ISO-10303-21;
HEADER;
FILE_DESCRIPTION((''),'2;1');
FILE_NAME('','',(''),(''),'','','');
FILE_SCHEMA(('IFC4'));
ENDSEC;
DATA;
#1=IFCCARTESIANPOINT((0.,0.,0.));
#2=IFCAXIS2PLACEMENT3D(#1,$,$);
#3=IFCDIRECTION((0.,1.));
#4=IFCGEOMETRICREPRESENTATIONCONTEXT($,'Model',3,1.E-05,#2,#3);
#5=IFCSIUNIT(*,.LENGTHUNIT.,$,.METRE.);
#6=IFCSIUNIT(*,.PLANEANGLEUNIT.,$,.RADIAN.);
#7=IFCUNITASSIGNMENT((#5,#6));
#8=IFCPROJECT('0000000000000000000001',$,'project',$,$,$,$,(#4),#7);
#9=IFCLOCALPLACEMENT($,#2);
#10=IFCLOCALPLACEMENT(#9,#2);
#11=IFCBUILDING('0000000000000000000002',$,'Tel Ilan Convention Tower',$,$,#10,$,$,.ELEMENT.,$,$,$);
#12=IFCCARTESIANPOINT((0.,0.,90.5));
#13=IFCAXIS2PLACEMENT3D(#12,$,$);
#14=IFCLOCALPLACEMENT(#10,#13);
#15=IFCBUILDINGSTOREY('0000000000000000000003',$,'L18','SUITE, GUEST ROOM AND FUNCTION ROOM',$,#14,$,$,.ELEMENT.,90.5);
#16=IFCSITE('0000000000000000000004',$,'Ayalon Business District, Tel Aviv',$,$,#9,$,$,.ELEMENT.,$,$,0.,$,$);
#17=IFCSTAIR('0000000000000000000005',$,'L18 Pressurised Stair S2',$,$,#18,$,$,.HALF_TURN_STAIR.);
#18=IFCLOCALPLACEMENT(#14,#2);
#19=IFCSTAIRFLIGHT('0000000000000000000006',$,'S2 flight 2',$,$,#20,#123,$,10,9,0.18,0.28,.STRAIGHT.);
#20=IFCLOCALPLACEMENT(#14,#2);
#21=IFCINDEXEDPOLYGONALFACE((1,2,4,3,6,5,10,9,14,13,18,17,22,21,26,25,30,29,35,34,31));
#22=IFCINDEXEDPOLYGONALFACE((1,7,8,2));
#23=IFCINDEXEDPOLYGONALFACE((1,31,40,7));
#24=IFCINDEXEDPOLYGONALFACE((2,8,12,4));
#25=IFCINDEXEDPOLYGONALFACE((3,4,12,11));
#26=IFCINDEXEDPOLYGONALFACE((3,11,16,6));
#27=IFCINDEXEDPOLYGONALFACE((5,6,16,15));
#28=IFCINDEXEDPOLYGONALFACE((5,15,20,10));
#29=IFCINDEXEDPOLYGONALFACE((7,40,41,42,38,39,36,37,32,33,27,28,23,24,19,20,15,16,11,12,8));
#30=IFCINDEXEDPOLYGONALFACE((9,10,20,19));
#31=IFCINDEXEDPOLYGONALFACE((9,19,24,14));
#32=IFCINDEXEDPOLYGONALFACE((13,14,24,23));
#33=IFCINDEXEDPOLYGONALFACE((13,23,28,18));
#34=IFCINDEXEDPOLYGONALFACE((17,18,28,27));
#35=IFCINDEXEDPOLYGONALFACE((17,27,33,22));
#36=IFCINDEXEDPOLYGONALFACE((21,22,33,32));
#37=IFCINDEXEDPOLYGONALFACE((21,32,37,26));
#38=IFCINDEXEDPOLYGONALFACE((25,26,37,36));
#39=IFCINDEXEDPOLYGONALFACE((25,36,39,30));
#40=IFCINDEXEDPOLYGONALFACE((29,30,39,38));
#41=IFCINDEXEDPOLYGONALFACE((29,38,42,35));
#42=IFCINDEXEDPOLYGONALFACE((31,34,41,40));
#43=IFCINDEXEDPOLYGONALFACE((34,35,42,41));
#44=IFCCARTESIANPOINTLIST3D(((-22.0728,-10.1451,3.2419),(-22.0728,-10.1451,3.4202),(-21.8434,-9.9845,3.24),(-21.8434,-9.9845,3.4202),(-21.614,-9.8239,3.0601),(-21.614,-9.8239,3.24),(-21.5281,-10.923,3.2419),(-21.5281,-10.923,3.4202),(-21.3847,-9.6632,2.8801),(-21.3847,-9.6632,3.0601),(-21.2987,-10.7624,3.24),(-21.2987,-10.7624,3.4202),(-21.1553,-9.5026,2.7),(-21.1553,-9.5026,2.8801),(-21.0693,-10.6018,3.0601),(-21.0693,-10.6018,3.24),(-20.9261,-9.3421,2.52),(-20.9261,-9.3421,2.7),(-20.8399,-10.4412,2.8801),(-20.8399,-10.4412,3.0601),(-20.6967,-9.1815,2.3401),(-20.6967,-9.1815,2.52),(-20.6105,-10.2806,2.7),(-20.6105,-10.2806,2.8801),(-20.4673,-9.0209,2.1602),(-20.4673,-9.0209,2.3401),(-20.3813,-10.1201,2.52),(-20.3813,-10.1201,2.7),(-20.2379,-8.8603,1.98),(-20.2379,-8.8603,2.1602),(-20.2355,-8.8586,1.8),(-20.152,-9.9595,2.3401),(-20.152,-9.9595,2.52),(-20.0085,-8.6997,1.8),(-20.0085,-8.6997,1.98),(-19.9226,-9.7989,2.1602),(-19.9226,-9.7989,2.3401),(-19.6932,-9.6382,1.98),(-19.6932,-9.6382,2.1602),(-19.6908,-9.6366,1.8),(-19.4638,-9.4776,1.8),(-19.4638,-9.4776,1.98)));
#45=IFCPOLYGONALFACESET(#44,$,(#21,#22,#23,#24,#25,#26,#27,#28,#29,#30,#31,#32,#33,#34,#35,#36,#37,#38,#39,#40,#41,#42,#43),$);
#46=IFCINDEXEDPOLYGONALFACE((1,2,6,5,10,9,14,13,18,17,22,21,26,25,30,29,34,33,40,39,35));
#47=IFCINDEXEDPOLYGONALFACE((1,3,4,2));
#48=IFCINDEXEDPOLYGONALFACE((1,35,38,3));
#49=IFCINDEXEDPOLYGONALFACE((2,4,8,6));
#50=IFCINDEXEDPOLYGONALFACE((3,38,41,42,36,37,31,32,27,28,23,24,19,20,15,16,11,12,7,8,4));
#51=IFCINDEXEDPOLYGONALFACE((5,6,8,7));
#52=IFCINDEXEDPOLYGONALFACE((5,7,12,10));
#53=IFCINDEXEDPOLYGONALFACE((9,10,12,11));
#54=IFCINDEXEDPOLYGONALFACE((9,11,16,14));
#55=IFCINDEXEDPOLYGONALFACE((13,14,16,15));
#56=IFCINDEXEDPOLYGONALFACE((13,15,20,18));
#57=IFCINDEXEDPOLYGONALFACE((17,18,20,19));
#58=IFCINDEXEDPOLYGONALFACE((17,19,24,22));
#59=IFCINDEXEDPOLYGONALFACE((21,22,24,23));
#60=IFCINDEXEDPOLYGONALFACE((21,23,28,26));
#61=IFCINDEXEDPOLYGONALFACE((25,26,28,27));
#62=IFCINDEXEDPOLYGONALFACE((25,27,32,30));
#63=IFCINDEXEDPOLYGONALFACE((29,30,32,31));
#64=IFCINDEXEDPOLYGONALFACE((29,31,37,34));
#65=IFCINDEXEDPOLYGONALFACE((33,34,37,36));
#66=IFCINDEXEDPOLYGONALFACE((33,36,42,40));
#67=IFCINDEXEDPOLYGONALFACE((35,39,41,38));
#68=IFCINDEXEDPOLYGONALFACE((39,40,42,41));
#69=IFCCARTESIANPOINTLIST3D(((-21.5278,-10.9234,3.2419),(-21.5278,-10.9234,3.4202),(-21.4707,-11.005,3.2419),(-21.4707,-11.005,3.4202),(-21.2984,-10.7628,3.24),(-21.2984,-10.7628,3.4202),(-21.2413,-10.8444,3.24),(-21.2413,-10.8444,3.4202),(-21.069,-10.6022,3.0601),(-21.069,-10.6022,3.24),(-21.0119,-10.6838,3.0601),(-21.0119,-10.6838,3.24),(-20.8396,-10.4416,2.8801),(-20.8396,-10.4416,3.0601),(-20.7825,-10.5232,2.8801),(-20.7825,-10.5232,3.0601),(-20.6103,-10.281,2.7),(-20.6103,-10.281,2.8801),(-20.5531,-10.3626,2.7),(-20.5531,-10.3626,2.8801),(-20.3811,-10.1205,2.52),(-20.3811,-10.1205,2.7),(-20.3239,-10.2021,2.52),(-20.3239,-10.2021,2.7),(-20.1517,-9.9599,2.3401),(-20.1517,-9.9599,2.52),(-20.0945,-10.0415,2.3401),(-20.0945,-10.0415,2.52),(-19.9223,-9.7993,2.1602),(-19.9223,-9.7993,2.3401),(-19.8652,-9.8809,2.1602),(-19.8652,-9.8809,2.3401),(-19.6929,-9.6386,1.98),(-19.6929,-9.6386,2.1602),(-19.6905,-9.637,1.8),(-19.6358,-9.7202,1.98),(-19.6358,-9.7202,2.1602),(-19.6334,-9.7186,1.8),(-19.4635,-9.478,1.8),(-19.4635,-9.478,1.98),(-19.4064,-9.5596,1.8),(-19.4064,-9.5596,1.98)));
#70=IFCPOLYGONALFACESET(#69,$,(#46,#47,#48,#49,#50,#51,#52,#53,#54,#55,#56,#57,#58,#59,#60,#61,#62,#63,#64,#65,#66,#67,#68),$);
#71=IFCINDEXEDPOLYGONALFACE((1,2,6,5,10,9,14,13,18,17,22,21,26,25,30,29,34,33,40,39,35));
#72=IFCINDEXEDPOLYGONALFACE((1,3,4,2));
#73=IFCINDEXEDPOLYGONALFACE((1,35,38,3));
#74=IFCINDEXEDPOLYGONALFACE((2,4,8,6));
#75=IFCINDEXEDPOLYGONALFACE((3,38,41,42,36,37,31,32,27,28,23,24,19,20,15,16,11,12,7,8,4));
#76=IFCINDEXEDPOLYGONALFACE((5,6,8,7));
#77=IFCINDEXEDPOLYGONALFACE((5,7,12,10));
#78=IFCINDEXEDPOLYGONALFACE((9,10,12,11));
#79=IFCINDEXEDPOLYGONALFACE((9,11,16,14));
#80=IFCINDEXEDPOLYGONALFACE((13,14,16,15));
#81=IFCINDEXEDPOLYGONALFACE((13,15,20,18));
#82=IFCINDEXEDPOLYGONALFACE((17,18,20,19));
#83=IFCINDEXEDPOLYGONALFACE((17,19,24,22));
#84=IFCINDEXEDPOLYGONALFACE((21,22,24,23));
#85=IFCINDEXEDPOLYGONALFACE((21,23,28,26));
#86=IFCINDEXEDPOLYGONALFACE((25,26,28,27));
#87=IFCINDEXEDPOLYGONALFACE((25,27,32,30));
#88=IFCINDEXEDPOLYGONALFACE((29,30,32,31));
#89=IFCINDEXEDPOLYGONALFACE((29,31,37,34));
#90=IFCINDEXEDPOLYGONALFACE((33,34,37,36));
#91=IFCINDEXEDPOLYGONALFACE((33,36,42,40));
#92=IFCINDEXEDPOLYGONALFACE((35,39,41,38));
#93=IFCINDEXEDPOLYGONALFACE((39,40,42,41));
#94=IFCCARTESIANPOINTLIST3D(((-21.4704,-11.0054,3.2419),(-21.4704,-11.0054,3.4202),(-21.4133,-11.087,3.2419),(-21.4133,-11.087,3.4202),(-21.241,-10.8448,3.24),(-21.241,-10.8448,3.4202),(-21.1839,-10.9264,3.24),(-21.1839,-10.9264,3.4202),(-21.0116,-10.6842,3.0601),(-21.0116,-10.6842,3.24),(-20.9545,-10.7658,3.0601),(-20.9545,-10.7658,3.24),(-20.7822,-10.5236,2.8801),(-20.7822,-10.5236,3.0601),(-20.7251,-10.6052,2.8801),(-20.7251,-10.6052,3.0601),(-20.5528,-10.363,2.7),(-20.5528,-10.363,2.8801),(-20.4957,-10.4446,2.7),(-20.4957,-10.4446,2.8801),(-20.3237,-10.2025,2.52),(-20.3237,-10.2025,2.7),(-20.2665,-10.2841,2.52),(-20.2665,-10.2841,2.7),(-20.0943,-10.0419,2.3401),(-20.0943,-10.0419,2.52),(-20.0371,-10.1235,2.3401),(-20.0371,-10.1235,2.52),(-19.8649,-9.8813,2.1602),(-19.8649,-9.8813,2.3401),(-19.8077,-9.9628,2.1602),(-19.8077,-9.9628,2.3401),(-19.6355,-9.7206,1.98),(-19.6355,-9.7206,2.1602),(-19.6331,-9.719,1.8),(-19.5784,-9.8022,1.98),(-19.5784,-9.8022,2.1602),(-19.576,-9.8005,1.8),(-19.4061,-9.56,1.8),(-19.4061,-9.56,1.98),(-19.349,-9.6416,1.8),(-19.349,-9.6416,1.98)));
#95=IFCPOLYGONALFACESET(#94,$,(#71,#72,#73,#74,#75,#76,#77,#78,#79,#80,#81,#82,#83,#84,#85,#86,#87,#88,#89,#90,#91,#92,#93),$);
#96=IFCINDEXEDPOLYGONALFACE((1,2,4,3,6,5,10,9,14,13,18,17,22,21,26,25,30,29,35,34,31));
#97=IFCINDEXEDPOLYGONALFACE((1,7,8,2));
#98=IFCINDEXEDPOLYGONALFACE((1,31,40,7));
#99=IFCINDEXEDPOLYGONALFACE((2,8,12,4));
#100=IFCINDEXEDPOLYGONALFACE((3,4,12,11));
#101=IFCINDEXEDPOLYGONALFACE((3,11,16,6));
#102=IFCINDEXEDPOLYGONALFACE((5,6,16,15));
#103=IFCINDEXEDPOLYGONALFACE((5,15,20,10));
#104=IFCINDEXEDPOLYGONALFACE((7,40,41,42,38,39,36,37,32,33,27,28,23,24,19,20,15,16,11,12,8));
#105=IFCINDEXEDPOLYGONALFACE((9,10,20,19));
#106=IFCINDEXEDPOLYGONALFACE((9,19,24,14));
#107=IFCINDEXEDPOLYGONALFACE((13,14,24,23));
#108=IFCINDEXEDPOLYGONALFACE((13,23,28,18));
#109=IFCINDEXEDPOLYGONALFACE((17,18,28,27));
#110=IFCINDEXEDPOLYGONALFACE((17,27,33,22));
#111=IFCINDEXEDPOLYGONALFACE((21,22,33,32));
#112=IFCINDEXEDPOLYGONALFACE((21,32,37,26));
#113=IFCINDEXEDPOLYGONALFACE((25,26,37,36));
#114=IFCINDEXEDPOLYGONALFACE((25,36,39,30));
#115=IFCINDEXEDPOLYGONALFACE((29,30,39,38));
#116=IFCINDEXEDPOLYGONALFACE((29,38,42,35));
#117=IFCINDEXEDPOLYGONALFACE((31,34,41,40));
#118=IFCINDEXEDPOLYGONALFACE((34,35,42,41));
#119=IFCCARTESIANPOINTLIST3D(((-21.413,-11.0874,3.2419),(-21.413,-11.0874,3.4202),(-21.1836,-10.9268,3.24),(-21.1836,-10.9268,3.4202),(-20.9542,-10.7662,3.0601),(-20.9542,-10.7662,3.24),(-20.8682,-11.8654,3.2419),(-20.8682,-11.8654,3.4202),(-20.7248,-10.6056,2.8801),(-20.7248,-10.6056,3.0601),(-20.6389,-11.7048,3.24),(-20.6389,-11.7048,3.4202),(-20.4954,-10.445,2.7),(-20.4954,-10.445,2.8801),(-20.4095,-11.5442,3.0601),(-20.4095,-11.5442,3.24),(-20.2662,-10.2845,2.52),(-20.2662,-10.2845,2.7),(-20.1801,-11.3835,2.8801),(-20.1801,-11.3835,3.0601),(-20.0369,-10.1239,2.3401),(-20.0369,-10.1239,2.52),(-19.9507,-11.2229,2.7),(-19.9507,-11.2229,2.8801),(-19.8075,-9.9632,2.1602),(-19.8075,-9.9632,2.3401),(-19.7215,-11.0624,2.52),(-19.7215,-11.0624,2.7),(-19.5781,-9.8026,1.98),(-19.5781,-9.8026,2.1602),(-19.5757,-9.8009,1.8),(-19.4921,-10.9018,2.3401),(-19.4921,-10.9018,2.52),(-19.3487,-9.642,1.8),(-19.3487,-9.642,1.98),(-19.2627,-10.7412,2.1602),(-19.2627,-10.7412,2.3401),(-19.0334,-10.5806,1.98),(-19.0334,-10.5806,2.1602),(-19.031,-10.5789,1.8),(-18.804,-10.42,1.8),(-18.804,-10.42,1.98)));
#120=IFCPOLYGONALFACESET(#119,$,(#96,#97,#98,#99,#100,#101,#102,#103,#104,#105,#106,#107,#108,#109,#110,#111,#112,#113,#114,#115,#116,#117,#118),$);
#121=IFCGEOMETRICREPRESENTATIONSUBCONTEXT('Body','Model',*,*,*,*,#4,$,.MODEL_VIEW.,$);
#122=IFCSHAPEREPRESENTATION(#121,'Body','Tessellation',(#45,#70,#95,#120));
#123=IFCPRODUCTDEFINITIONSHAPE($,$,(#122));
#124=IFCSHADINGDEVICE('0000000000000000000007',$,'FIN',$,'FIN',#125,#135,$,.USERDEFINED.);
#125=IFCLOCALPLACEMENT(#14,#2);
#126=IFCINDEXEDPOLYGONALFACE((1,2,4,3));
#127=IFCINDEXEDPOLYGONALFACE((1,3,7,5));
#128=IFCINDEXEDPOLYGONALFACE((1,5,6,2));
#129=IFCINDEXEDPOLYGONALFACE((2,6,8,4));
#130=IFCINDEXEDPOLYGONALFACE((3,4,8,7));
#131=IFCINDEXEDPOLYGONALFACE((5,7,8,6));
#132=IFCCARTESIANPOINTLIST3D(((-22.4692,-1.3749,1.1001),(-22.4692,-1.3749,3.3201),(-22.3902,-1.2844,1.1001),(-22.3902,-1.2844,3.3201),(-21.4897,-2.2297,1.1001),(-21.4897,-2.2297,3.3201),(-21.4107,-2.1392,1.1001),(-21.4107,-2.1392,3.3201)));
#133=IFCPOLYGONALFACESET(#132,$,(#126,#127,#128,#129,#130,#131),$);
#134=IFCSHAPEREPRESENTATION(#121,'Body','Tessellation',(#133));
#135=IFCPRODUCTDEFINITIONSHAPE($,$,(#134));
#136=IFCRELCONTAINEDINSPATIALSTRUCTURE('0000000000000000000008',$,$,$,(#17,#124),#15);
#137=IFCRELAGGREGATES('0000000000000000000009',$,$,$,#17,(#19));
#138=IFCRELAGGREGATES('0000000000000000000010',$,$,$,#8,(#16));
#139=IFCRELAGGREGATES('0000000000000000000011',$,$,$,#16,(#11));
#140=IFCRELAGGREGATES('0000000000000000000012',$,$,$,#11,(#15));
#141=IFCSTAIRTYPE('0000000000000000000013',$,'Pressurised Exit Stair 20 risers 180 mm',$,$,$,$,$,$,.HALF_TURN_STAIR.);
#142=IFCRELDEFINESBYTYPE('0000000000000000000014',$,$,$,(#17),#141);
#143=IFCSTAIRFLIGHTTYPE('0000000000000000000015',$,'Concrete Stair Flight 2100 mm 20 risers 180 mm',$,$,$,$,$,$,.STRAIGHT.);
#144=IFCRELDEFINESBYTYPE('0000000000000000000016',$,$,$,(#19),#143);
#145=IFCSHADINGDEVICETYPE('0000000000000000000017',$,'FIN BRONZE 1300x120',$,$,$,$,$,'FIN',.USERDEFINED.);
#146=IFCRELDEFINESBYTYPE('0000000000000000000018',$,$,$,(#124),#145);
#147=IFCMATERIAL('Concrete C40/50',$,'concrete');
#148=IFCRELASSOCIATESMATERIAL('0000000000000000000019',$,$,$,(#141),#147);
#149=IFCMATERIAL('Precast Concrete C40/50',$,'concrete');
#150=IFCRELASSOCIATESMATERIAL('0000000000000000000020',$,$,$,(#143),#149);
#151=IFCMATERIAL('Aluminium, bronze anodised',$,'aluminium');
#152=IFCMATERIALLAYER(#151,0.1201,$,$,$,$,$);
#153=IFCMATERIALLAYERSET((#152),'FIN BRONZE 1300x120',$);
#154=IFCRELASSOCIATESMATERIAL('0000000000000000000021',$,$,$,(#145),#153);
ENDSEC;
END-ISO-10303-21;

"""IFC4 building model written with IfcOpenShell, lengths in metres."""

from ifc_helpers import new_model, si_unit, direction, frame, origin, origin_2d, place, context, subcontext, project, spatial, polyline, rectangle, outline, extrude, material, layer, layer_set, type_object, element, aggregate, save


model = new_model("IFC4")

# Units and contexts
model_context = context("Model", 3, precision=1e-05, world=origin(), true_north=direction((0.0, 1.0)))
body_context = subcontext(model_context, "Body", "Model", "MODEL_VIEW")
ifc_project = project(units=[si_unit("LENGTHUNIT", "METRE"), si_unit("PLANEANGLEUNIT", "RADIAN")], contexts=[model_context])

# Site, building, storey
site_placement = place(None, origin())
site = spatial("IfcSite", under=ifc_project, at=site_placement, Name="Ayalon Business District, Tel Aviv", CompositionType="ELEMENT", RefElevation=0.0)
building_placement = place(site_placement, origin())
building = spatial("IfcBuilding", under=site, at=building_placement, Name="Tel Ilan Convention Tower", CompositionType="ELEMENT")
storey_placement = place(building_placement, frame((0.0, 0.0, 90.5)))
storey = spatial("IfcBuildingStorey", under=building, at=storey_placement, Name="L18", Description="SUITE, GUEST ROOM AND FUNCTION ROOM", CompositionType="ELEMENT", Elevation=90.5)

# Stair, stair flight
ifc_material_1 = material(Name="Concrete C40/50", Category="concrete")
stair_type = type_object("IfcStairType", Name="Pressurised Exit Stair 20 risers 180 mm", PredefinedType="HALF_TURN_STAIR", material=ifc_material_1)
ifc_material_2 = material(Name="Precast Concrete C40/50", Category="concrete")
stair_flight_type = type_object("IfcStairFlightType", Name="Concrete Stair Flight 2100 mm 20 risers 180 mm", PredefinedType="STRAIGHT", material=ifc_material_2)
stair_1_placement = place(storey_placement, origin())
stair_1 = element("IfcStair", 1, at=stair_1_placement, inside=storey, type_object=stair_type, Name="L18 Pressurised Stair S2", PredefinedType="HALF_TURN_STAIR")
stair_flight_1_placement = place(storey_placement, frame((-19.4062, -9.5598, 1.8), z_axis=(0.0, 0.0, 1.0), x_axis=(-0.819152, -0.573576, 0.0)))
stair_flight_1 = element("IfcStairFlight", 2, at=stair_flight_1_placement, type_object=stair_flight_type, Name="S2 flight 2", NumberOfRisers=10, NumberOfTreads=9, PredefinedType="STRAIGHT", RiserHeight=0.18, TreadLength=0.28, context=body_context, shape_type="SweptSolid", body=[
    extrude(outline(polyline([(0.0, 0.0), (0.0, 0.1799), (0.28, 0.1799), (0.28, 0.3601), (0.5601, 0.3601), (0.5601, 0.54), (0.8401, 0.54), (0.8401, 0.72), (1.1201, 0.72), (1.1201, 0.8999), (1.3999, 0.8999), (1.3999, 1.0801), (1.6799, 1.0801), (1.6799, 1.26), (1.96, 1.26), (1.96, 1.4399), (2.24, 1.4399), (2.24, 1.6201), (2.52, 1.6201), (2.52, 1.8), (2.52, 1.4419), (0.2771, 0.0), (0.0, 0.0)])), frame((0.0, -0.1003, 0.0), z_axis=(0.0, -1.0, 0.0), x_axis=(1.0, 0.0, 0.0)), (0.0, 0.0, 1.0), 0.9497),
    extrude(outline(polyline([(0.0, 0.0), (0.0, 0.1799), (0.28, 0.1799), (0.28, 0.3601), (0.5601, 0.3601), (0.5601, 0.54), (0.8401, 0.54), (0.8401, 0.72), (1.1201, 0.72), (1.1201, 0.8999), (1.3999, 0.8999), (1.3999, 1.0801), (1.6799, 1.0801), (1.6799, 1.26), (1.96, 1.26), (1.96, 1.4399), (2.24, 1.4399), (2.24, 1.6201), (2.52, 1.6201), (2.52, 1.8), (2.52, 1.4419), (0.2771, 0.0), (0.0, 0.0)])), frame((0.0, -0.0002, 0.0), z_axis=(0.0, -1.0, 0.0), x_axis=(1.0, 0.0, 0.0)), (0.0, 0.0, 1.0), 0.0996),
    extrude(outline(polyline([(0.0, 0.0), (0.0, 0.1799), (0.28, 0.1799), (0.28, 0.3601), (0.5601, 0.3601), (0.5601, 0.54), (0.8401, 0.54), (0.8401, 0.72), (1.1201, 0.72), (1.1201, 0.8999), (1.3999, 0.8999), (1.3999, 1.0801), (1.6799, 1.0801), (1.6799, 1.26), (1.96, 1.26), (1.96, 1.4399), (2.24, 1.4399), (2.24, 1.6201), (2.52, 1.6201), (2.52, 1.8), (2.52, 1.4419), (0.2771, 0.0), (0.0, 0.0)])), frame((0.0, 0.0999, 0.0), z_axis=(0.0, -1.0, 0.0), x_axis=(1.0, 0.0, 0.0)), (0.0, 0.0, 1.0), 0.0996),
    extrude(outline(polyline([(0.0, 0.0), (0.0, 0.1799), (0.28, 0.1799), (0.28, 0.3601), (0.5601, 0.3601), (0.5601, 0.54), (0.8401, 0.54), (0.8401, 0.72), (1.1201, 0.72), (1.1201, 0.8999), (1.3999, 0.8999), (1.3999, 1.0801), (1.6799, 1.0801), (1.6799, 1.26), (1.96, 1.26), (1.96, 1.4399), (2.24, 1.4399), (2.24, 1.6201), (2.52, 1.6201), (2.52, 1.8), (2.52, 1.4419), (0.2771, 0.0), (0.0, 0.0)])), frame((0.0, 1.05, 0.0), z_axis=(0.0, -1.0, 0.0), x_axis=(1.0, 0.0, 0.0)), (0.0, 0.0, 1.0), 0.9497),
])
aggregate(stair_1, [stair_flight_1])

# Shading device
ifc_material_3 = material(Name="Aluminium, bronze anodised", Category="aluminium")
ifc_layer_1 = layer(ifc_material_3, 0.1201)
ifc_layer_set_1 = layer_set([ifc_layer_1], Name="FIN BRONZE 1300x120")
shading_device_type = type_object("IfcShadingDeviceType", Name="FIN BRONZE 1300x120", ElementType="FIN", PredefinedType="USERDEFINED", material=ifc_layer_set_1)
shading_device_placement = place(storey_placement, frame((-21.9399, -1.7571, 1.1001), z_axis=(0.0, 0.0, 1.0), x_axis=(-0.753436, 0.657521, 0.0)))
element("IfcShadingDevice", 3, at=shading_device_placement, inside=storey, type_object=shading_device_type, Name="FIN", ObjectType="FIN", PredefinedType="USERDEFINED", context=body_context, shape_type="SweptSolid", body=[
    extrude(rectangle(XDim=1.3, YDim=0.1201, at=origin_2d()), origin(), (0.0, 0.0, 1.0), 2.22),
])

save(model, "model.ifc")
